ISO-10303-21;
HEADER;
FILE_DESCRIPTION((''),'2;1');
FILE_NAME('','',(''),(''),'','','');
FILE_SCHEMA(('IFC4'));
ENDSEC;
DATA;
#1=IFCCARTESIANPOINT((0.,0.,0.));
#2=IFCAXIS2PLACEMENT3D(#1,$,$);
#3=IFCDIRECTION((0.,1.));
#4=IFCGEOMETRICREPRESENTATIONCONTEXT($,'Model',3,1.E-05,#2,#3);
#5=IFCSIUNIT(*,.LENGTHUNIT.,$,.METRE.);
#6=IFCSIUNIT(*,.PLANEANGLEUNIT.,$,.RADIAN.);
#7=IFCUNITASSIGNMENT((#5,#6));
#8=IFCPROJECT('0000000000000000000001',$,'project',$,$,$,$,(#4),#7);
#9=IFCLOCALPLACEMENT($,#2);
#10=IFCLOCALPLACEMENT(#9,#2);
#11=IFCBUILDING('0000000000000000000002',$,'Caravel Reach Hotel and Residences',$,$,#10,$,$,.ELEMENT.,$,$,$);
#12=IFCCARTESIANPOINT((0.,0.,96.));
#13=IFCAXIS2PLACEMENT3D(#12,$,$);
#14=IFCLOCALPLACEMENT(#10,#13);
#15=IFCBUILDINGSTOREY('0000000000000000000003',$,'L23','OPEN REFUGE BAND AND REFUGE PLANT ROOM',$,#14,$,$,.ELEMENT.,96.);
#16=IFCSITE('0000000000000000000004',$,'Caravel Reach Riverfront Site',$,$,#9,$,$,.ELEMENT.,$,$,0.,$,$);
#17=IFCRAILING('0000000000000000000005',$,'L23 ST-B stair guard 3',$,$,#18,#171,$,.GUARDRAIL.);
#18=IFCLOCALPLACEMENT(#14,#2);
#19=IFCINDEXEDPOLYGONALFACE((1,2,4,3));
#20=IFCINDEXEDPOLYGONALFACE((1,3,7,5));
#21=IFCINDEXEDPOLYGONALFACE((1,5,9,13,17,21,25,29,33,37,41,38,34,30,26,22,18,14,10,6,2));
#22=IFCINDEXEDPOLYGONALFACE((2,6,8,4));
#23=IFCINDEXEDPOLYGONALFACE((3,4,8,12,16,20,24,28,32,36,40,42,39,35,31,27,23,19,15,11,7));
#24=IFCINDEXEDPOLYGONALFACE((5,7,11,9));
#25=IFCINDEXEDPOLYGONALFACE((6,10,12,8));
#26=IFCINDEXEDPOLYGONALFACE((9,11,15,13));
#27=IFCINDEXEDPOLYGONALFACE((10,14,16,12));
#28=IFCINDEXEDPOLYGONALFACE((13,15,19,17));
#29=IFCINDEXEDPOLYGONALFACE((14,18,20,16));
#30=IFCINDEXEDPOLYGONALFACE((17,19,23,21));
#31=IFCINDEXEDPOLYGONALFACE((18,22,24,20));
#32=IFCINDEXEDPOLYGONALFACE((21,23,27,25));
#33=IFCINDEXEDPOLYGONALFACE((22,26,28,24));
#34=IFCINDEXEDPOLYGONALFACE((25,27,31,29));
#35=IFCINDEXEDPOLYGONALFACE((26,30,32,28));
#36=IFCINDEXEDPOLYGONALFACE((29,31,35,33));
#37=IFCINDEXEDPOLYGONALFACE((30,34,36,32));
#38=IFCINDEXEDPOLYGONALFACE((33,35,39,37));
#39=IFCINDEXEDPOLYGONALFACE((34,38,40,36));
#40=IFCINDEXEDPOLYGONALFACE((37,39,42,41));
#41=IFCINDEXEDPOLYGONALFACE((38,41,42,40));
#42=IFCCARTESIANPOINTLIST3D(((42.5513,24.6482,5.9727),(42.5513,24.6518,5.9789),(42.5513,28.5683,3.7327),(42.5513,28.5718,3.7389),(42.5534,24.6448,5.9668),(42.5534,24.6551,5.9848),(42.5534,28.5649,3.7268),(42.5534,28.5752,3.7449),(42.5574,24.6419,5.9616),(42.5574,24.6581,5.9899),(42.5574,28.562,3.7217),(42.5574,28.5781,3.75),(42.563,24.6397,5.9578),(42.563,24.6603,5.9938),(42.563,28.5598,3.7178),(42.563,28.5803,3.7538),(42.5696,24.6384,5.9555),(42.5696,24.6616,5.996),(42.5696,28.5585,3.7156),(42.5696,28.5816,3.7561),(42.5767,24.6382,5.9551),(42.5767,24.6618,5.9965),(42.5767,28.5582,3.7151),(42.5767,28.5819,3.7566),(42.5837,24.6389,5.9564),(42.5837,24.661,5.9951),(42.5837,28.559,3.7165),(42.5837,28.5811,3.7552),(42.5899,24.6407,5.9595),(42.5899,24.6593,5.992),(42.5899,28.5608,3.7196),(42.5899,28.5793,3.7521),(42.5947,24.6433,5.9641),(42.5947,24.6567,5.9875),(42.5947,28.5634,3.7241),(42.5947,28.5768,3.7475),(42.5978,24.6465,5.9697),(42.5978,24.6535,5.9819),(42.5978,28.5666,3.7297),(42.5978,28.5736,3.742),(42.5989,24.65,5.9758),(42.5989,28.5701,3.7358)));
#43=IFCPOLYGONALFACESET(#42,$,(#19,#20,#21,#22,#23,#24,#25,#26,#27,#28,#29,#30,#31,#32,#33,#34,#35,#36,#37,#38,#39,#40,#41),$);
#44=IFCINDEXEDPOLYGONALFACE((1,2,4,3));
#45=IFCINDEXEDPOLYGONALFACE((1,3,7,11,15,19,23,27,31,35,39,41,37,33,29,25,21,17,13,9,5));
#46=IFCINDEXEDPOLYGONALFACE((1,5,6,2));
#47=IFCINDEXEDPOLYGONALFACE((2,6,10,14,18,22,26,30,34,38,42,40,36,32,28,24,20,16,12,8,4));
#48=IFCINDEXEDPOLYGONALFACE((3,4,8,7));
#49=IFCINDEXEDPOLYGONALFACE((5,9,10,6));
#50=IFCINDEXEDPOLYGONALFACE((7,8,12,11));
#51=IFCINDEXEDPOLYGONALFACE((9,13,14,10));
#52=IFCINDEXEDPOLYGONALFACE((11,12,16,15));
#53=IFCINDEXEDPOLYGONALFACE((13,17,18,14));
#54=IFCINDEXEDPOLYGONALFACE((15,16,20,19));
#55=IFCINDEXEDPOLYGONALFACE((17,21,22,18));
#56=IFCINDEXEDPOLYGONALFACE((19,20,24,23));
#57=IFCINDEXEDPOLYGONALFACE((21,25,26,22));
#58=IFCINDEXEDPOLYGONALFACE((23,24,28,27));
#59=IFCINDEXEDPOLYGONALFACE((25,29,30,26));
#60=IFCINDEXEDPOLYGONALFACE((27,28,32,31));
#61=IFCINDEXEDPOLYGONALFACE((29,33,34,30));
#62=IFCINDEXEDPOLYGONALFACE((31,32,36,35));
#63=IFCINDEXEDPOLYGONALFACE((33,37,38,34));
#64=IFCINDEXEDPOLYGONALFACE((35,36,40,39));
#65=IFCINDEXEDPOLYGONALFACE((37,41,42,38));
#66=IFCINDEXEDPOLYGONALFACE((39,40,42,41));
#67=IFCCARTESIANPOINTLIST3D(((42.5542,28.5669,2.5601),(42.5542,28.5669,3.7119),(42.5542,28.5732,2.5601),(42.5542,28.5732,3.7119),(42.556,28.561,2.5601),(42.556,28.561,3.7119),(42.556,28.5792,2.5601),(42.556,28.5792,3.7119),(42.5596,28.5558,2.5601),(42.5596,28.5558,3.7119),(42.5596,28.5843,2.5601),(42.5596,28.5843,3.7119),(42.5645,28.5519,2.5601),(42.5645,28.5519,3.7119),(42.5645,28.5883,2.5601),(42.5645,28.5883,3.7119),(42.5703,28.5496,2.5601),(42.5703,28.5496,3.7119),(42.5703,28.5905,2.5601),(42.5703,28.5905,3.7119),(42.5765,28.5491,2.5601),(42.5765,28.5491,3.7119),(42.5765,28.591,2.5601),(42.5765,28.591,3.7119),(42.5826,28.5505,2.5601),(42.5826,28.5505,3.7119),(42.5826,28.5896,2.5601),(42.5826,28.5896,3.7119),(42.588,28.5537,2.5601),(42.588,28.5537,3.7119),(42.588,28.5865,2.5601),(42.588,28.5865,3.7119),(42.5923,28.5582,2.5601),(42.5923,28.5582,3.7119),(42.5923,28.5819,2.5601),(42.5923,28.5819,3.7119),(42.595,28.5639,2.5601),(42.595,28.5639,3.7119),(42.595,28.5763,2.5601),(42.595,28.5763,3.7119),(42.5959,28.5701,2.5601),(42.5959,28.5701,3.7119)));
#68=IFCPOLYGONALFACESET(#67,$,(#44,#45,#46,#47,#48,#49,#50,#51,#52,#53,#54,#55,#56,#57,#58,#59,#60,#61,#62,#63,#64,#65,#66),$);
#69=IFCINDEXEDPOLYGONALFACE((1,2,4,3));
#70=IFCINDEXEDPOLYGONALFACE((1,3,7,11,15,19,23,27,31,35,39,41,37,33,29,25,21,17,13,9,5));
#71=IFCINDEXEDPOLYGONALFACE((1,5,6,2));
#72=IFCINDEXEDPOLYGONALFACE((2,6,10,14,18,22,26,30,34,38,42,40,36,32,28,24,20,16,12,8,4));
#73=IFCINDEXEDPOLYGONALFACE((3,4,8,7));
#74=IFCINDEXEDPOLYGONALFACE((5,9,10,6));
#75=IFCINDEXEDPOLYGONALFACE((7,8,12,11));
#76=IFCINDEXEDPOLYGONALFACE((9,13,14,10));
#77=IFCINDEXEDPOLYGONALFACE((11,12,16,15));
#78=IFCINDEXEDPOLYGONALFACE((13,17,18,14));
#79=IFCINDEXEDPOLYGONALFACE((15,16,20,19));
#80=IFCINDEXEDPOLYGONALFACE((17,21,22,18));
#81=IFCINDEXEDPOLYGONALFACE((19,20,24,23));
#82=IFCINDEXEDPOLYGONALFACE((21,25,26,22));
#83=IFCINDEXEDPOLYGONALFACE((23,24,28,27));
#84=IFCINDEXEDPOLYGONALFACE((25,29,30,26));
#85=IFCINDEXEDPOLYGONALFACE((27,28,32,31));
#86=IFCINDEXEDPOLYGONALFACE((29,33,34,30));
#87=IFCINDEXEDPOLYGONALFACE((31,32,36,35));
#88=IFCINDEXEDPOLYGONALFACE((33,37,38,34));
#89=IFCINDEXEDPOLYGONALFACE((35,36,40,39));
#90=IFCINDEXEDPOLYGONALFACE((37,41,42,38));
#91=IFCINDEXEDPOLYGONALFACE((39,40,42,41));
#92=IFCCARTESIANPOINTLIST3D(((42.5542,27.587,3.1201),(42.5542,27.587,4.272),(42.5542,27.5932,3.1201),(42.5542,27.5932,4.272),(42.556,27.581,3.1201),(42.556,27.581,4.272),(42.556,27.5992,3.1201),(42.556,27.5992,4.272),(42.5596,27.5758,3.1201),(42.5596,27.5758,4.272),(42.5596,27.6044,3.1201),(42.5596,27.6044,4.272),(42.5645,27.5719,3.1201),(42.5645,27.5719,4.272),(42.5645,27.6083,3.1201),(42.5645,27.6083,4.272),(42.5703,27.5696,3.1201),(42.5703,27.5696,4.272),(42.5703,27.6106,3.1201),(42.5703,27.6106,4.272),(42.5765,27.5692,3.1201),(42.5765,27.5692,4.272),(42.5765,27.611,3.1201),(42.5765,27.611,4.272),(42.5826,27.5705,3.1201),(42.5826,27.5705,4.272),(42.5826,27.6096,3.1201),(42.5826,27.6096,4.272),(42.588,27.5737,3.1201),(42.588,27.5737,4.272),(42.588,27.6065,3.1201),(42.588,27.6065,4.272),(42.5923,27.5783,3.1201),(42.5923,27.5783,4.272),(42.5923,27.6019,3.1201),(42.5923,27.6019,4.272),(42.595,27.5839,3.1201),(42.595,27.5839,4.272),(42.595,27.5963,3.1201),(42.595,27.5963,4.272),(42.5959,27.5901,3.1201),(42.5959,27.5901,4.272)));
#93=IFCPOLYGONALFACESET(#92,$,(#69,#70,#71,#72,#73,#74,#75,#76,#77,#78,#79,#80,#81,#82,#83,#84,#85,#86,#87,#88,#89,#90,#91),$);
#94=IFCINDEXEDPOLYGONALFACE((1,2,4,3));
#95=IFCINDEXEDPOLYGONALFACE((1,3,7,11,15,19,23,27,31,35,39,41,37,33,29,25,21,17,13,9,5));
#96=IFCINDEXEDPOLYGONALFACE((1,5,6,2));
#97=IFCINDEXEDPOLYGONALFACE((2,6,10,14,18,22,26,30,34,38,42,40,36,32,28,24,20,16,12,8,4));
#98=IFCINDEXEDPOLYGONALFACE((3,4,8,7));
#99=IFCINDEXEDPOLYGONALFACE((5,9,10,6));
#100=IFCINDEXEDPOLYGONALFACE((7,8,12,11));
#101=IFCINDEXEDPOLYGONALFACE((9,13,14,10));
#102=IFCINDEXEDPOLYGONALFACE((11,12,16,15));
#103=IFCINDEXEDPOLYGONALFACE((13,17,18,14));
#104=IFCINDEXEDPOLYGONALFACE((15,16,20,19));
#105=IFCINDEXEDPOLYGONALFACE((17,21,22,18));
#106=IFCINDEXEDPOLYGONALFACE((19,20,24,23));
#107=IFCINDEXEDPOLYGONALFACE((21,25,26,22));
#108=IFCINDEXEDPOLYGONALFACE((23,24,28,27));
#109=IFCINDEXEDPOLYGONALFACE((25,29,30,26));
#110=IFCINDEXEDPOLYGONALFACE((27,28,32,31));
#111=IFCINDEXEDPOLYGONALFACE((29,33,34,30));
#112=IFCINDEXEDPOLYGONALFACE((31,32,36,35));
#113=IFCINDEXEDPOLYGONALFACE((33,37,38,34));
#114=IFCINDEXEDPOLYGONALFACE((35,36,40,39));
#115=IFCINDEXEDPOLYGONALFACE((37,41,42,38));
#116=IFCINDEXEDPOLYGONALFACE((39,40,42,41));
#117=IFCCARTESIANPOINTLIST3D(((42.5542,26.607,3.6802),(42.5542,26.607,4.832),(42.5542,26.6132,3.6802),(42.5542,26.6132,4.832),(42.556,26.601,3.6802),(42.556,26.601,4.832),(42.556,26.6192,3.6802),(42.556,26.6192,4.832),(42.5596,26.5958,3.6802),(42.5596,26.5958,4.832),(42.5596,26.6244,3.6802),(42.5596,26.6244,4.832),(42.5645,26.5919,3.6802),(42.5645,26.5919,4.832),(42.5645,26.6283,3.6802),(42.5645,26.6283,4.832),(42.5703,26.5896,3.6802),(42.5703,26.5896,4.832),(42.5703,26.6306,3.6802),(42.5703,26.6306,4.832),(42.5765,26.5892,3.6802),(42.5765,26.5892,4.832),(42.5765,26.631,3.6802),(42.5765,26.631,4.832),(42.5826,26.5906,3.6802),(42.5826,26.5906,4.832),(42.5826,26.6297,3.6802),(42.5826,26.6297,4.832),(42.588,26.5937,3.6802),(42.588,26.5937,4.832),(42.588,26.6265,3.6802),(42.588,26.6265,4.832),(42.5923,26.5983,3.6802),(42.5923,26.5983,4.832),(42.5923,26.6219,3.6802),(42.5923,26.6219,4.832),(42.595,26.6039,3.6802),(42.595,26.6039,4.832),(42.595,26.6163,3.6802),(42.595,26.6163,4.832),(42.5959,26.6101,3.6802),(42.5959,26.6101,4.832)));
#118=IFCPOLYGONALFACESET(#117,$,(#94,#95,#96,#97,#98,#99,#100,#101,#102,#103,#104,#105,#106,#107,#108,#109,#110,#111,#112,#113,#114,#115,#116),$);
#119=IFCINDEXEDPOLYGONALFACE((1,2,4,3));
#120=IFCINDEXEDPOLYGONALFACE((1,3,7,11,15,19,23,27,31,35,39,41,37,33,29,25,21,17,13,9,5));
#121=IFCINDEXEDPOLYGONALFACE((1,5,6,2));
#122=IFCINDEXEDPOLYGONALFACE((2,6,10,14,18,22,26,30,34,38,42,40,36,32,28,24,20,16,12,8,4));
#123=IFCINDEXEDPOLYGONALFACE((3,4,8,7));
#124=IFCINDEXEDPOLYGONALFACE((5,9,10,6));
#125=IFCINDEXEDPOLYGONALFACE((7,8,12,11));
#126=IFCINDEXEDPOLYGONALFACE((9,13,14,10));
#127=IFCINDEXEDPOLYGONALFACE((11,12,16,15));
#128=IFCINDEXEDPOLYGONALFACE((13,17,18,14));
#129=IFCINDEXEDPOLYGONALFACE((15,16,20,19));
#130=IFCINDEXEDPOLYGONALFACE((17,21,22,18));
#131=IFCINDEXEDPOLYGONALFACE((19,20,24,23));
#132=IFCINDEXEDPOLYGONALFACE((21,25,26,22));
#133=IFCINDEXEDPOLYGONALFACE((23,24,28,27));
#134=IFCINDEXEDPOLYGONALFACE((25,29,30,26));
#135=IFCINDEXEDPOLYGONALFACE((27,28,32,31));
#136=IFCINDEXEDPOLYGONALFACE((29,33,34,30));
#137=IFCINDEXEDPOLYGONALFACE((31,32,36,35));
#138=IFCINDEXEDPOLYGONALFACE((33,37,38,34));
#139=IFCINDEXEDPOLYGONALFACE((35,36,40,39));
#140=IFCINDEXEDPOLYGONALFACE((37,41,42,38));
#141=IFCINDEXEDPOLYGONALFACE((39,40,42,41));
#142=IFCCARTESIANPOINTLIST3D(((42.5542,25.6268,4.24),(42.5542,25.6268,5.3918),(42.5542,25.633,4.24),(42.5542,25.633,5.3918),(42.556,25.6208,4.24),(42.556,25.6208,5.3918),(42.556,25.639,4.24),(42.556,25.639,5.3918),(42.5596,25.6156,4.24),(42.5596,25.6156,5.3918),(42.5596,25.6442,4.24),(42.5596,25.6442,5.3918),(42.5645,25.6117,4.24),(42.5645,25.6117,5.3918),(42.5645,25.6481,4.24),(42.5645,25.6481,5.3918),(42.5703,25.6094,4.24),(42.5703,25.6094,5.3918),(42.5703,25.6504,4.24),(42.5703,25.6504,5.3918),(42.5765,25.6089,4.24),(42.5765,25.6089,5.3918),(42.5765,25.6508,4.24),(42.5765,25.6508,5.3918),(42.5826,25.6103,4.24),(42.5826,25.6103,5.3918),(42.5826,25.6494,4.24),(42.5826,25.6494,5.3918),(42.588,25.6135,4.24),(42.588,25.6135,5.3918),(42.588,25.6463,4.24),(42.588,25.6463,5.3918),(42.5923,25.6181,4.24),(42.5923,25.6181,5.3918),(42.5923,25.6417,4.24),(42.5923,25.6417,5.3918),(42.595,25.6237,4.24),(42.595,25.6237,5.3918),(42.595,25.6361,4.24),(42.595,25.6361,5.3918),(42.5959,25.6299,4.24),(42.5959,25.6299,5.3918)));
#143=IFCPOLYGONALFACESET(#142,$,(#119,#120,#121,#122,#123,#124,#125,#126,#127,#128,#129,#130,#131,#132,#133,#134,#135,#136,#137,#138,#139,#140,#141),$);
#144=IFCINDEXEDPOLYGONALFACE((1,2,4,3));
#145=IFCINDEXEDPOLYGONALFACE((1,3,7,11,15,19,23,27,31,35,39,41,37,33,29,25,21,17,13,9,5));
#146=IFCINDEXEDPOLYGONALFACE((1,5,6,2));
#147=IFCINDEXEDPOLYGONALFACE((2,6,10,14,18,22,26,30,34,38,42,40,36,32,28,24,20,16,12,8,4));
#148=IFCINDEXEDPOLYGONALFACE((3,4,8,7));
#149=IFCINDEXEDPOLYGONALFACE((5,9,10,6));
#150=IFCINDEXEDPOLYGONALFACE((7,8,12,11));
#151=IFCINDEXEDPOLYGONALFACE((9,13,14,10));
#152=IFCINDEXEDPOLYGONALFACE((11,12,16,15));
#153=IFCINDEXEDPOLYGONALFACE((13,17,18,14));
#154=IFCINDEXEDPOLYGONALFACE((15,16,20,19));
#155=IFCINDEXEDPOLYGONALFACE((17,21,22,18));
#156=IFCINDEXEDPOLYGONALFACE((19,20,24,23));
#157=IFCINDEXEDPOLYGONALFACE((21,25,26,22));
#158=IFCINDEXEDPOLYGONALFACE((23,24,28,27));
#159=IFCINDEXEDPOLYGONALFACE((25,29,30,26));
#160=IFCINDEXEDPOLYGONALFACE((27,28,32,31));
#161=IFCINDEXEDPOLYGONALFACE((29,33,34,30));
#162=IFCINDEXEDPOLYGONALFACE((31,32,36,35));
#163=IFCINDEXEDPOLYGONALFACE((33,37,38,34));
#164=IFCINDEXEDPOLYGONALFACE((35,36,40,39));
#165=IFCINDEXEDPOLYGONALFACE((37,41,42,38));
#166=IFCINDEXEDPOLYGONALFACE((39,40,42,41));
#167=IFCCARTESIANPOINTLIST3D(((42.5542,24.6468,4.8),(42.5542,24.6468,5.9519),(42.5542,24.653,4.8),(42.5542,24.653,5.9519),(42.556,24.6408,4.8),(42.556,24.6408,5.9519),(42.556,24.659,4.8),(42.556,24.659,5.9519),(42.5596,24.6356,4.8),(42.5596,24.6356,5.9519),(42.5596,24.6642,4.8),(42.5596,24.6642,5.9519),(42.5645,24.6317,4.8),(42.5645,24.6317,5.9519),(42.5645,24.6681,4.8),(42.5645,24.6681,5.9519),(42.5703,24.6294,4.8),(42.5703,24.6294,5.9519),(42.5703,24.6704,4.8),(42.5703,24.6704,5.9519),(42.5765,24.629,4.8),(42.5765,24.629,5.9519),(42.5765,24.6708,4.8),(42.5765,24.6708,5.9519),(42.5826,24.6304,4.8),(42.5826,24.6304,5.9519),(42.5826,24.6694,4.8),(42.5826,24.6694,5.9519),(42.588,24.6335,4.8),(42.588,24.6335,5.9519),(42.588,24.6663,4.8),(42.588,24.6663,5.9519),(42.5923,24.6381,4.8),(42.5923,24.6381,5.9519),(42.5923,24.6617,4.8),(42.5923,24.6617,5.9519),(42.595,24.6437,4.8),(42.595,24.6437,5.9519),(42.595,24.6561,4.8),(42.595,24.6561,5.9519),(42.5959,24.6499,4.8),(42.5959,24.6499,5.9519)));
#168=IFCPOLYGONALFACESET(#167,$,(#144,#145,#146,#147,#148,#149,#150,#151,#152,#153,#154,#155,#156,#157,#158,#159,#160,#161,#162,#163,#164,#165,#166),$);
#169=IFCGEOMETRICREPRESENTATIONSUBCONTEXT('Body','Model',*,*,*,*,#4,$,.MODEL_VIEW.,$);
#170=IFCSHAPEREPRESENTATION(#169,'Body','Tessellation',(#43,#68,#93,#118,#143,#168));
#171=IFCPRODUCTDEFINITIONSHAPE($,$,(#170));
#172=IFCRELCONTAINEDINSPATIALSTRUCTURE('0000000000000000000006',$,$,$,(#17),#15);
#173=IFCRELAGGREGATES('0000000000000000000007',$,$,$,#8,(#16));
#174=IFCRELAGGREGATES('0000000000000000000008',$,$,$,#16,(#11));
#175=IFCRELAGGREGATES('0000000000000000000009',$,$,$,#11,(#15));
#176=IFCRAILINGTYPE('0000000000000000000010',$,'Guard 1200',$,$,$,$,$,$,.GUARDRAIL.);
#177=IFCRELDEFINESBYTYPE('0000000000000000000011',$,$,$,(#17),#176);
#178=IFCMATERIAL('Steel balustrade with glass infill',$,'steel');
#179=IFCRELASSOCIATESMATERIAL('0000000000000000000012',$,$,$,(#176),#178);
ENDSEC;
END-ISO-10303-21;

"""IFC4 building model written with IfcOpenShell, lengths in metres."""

from ifc_helpers import new_model, si_unit, direction, frame, origin, origin_2d, place, context, subcontext, project, spatial, circle, extrude, material, type_object, element, save


model = new_model("IFC4")

# Units and contexts
model_context = context("Model", 3, precision=1e-05, world=origin(), true_north=direction((0.0, 1.0)))
body_context = subcontext(model_context, "Body", "Model", "MODEL_VIEW")
ifc_project = project(units=[si_unit("LENGTHUNIT", "METRE"), si_unit("PLANEANGLEUNIT", "RADIAN")], contexts=[model_context])

# Site, building, storey
site_placement = place(None, origin())
site = spatial("IfcSite", under=ifc_project, at=site_placement, Name="Caravel Reach Riverfront Site", CompositionType="ELEMENT", RefElevation=0.0)
building_placement = place(site_placement, origin())
building = spatial("IfcBuilding", under=site, at=building_placement, Name="Caravel Reach Hotel and Residences", CompositionType="ELEMENT")
storey_placement = place(building_placement, frame((0.0, 0.0, 96.0)))
storey = spatial("IfcBuildingStorey", under=building, at=storey_placement, Name="L23", Description="OPEN REFUGE BAND AND REFUGE PLANT ROOM", CompositionType="ELEMENT", Elevation=96.0)

# Railing
ifc_material_1 = material(Name="Steel balustrade with glass infill", Category="steel")
railing_type_1 = type_object("IfcRailingType", Name="Guard 1200", PredefinedType="GUARDRAIL", material=ifc_material_1)
railing_1_placement = place(storey_placement, frame((42.575, 28.5701, 2.5601)))
element("IfcRailing", 1, at=railing_1_placement, inside=storey, type_object=railing_type_1, Name="L23 ST-B stair guard 3", PredefinedType="GUARDRAIL", context=body_context, shape_type="SweptSolid", body=[
    extrude(circle(Radius=0.0239, at=origin_2d()), frame((0.0, 0.0, 1.1758), z_axis=(0.0, -0.868253, 0.496121), x_axis=(1.0, 0.0, 0.0)), (0.0, 0.0, 1.0), 4.5149),
    extrude(circle(Radius=0.021, at=origin_2d()), origin(), (0.0, 0.0, 1.0), 1.1519),
    extrude(circle(Radius=0.021, at=origin_2d()), frame((0.0, -0.98, 0.5601)), (0.0, 0.0, 1.0), 1.1519),
    extrude(circle(Radius=0.021, at=origin_2d()), frame((0.0, -1.96, 1.1201)), (0.0, 0.0, 1.0), 1.1519),
    extrude(circle(Radius=0.021, at=origin_2d()), frame((0.0, -2.9402, 1.6799)), (0.0, 0.0, 1.0), 1.1519),
    extrude(circle(Radius=0.021, at=origin_2d()), frame((0.0, -3.9202, 2.24)), (0.0, 0.0, 1.0), 1.1519),
])

save(model, "model.ifc")
